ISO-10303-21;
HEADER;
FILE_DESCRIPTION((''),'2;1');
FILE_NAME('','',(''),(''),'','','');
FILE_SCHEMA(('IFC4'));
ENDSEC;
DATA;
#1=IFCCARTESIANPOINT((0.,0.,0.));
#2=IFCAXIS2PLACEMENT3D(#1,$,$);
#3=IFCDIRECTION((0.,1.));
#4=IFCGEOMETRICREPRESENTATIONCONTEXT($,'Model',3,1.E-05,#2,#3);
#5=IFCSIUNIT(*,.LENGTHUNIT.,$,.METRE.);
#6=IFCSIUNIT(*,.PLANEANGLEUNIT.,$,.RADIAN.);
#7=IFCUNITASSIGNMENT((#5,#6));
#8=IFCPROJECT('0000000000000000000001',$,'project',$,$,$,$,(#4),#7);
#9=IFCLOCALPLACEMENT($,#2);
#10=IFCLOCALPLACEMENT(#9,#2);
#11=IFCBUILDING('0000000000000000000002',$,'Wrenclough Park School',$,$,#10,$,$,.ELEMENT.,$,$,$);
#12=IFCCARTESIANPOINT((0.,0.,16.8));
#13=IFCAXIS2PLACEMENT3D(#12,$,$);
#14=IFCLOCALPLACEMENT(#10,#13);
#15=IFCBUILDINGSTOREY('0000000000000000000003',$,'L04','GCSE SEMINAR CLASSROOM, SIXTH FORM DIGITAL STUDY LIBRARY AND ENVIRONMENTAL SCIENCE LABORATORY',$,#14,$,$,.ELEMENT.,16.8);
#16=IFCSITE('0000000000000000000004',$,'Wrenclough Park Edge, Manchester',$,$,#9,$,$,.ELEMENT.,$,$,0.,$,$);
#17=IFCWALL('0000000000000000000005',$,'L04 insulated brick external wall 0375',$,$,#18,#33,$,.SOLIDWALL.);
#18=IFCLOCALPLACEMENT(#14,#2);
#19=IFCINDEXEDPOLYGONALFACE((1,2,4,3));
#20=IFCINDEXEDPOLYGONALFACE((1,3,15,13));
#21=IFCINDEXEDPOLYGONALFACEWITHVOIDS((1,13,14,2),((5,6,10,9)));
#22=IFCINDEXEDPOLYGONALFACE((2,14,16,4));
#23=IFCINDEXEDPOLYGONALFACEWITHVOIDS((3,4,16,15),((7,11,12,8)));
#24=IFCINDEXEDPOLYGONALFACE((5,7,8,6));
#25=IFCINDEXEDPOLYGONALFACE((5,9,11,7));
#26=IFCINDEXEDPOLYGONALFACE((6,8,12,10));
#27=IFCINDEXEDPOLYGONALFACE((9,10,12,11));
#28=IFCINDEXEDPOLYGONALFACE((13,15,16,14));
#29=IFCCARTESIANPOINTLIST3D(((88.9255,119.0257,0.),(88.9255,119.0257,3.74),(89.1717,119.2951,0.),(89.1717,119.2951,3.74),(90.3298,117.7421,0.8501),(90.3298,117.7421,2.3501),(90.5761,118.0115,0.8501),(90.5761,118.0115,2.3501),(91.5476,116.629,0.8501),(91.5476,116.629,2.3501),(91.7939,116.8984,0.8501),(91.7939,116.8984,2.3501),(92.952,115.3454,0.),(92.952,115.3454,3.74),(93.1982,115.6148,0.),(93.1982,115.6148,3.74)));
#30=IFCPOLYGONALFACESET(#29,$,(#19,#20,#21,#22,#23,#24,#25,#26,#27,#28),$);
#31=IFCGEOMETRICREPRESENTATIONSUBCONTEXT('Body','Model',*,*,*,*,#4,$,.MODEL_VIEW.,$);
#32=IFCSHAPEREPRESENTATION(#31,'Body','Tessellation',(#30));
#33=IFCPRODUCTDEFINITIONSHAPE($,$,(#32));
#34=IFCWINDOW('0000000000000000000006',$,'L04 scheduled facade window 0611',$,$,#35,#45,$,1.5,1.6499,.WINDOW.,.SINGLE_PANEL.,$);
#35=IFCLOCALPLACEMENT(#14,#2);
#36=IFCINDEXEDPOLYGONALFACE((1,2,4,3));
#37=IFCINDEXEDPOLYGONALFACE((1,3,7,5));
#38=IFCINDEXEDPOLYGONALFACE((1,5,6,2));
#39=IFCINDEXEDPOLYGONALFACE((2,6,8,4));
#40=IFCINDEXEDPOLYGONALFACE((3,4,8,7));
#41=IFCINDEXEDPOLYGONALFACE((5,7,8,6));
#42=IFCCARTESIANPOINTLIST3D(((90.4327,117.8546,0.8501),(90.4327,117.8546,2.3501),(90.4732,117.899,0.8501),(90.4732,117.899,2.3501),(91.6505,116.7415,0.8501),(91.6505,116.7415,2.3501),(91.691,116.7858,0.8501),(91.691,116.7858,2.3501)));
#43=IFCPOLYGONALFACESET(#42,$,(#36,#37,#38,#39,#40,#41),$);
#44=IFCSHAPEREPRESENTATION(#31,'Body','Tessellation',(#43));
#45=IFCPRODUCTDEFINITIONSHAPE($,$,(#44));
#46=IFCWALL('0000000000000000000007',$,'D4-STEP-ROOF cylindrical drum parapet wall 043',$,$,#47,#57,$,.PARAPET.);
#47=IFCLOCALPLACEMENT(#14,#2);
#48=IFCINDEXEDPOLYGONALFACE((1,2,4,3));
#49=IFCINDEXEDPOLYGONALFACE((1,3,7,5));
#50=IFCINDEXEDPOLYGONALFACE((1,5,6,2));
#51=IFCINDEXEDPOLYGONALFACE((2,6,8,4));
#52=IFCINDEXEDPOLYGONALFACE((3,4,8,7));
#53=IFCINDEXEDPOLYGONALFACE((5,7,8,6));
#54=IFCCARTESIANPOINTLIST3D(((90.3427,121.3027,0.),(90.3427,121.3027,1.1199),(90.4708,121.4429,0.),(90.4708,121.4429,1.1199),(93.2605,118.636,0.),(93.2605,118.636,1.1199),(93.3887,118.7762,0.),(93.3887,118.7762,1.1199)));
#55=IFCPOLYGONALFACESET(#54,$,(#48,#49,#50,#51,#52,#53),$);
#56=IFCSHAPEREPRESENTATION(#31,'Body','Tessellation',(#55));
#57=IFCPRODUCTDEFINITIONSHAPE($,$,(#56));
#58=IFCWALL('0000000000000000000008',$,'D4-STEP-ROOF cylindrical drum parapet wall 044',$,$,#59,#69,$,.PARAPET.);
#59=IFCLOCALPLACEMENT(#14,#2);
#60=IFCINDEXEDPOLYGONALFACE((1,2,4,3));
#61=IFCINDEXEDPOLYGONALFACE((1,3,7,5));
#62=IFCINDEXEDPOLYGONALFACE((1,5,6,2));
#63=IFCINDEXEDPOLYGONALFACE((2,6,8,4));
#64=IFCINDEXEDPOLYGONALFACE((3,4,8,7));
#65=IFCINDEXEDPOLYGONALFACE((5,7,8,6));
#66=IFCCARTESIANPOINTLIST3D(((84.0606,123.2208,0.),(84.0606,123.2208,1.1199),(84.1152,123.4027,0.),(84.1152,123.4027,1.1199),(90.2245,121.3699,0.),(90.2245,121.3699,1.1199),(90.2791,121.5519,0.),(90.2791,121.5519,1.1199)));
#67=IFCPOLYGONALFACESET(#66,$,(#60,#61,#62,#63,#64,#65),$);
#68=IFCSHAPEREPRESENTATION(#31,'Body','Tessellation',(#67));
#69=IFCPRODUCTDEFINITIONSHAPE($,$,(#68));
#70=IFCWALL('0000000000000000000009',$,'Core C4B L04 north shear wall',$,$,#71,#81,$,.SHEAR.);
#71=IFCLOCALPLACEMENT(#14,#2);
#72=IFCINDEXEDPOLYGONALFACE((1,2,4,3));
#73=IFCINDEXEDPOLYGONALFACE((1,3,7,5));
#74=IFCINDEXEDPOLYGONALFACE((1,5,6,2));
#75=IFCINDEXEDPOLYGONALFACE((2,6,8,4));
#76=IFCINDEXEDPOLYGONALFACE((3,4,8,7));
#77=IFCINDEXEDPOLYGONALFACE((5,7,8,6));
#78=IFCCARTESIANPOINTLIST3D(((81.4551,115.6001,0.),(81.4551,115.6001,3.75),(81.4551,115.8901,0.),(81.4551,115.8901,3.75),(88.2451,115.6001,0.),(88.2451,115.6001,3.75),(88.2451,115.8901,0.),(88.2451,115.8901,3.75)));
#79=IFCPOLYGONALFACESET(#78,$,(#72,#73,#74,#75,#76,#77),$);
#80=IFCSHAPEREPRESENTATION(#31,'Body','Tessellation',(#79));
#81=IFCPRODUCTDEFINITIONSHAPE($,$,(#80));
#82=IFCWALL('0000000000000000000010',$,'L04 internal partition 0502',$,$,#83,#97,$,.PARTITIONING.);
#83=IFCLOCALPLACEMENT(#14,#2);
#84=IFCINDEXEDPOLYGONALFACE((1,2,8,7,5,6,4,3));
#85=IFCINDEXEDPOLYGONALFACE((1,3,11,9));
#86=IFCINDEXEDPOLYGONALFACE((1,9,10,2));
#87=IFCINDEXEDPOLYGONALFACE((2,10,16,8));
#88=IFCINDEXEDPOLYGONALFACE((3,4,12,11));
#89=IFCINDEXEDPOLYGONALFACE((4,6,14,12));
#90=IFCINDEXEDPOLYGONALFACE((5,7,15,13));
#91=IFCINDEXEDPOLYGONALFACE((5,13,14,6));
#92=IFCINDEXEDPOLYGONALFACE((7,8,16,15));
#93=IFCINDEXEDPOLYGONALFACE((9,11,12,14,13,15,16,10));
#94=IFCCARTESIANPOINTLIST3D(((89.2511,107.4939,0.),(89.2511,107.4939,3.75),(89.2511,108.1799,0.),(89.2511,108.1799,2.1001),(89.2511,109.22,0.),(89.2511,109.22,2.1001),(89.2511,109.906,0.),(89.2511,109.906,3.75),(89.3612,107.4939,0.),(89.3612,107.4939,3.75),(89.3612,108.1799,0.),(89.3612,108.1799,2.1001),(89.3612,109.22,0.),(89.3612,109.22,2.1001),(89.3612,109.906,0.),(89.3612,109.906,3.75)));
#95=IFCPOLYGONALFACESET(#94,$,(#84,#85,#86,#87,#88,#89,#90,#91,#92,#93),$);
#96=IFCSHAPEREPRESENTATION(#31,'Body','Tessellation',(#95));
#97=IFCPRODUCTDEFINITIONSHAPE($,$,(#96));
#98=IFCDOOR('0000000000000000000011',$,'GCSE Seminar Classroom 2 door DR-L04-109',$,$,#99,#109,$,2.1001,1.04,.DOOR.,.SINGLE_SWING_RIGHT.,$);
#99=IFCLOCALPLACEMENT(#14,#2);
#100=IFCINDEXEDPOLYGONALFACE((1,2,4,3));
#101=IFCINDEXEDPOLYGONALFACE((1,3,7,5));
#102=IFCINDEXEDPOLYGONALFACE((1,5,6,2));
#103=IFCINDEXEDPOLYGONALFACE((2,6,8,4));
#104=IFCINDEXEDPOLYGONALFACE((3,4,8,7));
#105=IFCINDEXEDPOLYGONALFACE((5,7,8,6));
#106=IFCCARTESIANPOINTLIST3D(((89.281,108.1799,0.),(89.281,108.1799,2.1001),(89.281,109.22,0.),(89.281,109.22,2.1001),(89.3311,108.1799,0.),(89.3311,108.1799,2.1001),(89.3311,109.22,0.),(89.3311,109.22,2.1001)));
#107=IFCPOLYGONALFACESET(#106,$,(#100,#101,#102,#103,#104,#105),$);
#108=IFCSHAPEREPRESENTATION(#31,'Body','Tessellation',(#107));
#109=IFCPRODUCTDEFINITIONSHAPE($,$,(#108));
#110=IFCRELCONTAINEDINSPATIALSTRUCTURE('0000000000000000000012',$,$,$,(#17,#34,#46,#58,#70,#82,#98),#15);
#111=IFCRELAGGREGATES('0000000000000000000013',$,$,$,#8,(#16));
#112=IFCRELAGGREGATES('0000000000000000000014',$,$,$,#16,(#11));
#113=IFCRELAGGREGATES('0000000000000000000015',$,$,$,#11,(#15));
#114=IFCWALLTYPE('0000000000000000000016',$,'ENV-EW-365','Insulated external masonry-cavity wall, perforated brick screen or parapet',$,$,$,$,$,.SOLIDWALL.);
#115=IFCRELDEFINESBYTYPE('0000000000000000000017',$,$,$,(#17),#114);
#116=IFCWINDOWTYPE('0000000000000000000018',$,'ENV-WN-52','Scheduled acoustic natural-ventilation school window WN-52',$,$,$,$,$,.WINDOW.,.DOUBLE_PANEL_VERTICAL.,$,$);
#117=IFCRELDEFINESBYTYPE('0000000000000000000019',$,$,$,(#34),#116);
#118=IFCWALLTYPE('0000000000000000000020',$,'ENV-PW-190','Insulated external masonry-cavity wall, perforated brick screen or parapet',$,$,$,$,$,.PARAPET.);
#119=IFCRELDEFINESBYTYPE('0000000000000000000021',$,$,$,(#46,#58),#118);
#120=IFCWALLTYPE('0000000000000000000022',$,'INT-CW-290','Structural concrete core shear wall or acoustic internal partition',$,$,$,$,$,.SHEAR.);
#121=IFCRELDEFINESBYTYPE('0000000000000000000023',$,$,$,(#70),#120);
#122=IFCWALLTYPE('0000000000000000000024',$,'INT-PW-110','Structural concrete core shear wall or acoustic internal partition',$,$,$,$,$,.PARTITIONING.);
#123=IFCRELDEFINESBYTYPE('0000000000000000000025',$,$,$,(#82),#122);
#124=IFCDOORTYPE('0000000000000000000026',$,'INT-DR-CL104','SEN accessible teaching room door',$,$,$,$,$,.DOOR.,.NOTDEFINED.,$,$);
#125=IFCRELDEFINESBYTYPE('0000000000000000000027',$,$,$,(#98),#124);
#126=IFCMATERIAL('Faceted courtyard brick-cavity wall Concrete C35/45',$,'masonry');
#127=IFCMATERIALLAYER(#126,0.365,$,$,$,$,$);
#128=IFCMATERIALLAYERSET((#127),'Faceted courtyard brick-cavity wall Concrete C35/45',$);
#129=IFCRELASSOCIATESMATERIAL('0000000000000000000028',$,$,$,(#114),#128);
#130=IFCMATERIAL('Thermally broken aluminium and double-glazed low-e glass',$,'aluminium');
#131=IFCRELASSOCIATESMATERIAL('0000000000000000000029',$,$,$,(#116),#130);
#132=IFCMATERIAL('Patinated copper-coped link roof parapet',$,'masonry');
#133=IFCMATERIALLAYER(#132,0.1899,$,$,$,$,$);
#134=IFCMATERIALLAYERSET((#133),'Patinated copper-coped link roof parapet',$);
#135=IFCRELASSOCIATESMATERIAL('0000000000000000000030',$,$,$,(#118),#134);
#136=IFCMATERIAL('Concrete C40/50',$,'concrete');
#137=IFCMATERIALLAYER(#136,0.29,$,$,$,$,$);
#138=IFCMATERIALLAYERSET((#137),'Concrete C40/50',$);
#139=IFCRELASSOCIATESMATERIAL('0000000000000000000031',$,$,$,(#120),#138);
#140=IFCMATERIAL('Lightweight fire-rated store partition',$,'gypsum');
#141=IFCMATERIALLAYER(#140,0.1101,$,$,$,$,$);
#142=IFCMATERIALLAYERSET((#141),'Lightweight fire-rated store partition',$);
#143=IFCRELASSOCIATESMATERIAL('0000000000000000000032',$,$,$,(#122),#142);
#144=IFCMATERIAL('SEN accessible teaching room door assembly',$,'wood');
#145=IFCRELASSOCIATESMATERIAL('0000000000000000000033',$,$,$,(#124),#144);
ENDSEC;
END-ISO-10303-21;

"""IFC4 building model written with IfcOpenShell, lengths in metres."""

from ifc_helpers import new_model, si_unit, direction, frame, frame_2d, origin, place, context, subcontext, project, spatial, rectangle, extrude, material, layer, layer_set, type_object, element, fill, save


model = new_model("IFC4")

# Units and contexts
model_context = context("Model", 3, precision=1e-05, world=origin(), true_north=direction((0.0, 1.0)))
body_context = subcontext(model_context, "Body", "Model", "MODEL_VIEW")
ifc_project = project(units=[si_unit("LENGTHUNIT", "METRE"), si_unit("PLANEANGLEUNIT", "RADIAN")], contexts=[model_context])

# Site, building, storey
site_placement = place(None, origin())
site = spatial("IfcSite", under=ifc_project, at=site_placement, Name="Wrenclough Park Edge, Manchester", CompositionType="ELEMENT", RefElevation=0.0)
building_placement = place(site_placement, origin())
building = spatial("IfcBuilding", under=site, at=building_placement, Name="Wrenclough Park School", CompositionType="ELEMENT")
storey_placement = place(building_placement, frame((0.0, 0.0, 16.8)))
storey = spatial("IfcBuildingStorey", under=building, at=storey_placement, Name="L04", Description="GCSE SEMINAR CLASSROOM, SIXTH FORM DIGITAL STUDY LIBRARY AND ENVIRONMENTAL SCIENCE LABORATORY", CompositionType="ELEMENT", Elevation=16.8)

# Wall, opening, window
ifc_material_1 = material(Name="Thermally broken aluminium and double-glazed low-e glass", Category="aluminium")
ifc_material_2 = material(Name="Faceted courtyard brick-cavity wall Concrete C35/45", Category="masonry")
ifc_layer_1 = layer(ifc_material_2, 0.365)
ifc_layer_set_1 = layer_set([ifc_layer_1], Name="Faceted courtyard brick-cavity wall Concrete C35/45")
wall_type_1 = type_object("IfcWallType", Name="ENV-EW-365", Description="Insulated external masonry-cavity wall, perforated brick screen or parapet", PredefinedType="SOLIDWALL", material=ifc_layer_set_1)
wall_1_placement = place(storey_placement, frame((89.0486, 119.1604, 0.0), z_axis=(0.0, 0.0, 1.0), x_axis=(0.738125, -0.674664, 0.0)))
wall_1 = element("IfcWall", 1, at=wall_1_placement, inside=storey, type_object=wall_type_1, Name="L04 insulated brick external wall 0375", PredefinedType="SOLIDWALL", context=body_context, shape_type="SweptSolid", body=[
    extrude(rectangle(XDim=5.4551, YDim=0.365, at=frame_2d((2.7275, 0.0))), origin(), (0.0, 0.0, 1.0), 3.74),
])
opening_1_placement = place(wall_1_placement, frame((1.9026, 0.0, 0.8501)))
opening_1 = element("IfcOpeningElement", 2, at=opening_1_placement, cuts=wall_1, PredefinedType="OPENING", context=body_context, shape_type="SweptSolid", body=[
    extrude(rectangle(XDim=1.6499, YDim=1.5, at=frame_2d((0.825, 0.75))), frame((0.0, 0.1924, 0.0), z_axis=(0.0, -1.0, 0.0), x_axis=(1.0, 0.0, 0.0)), (0.0, 0.0, 1.0), 0.385),
])
window_type_1 = type_object("IfcWindowType", Name="ENV-WN-52", Description="Scheduled acoustic natural-ventilation school window WN-52", PartitioningType="DOUBLE_PANEL_VERTICAL", PredefinedType="WINDOW", material=ifc_material_1)
window_1_placement = place(opening_1_placement, origin())
window_1 = element("IfcWindow", 3, at=window_1_placement, inside=storey, type_object=window_type_1, Name="L04 scheduled facade window 0611", OverallHeight=1.5, OverallWidth=1.6499, PartitioningType="SINGLE_PANEL", PredefinedType="WINDOW", context=body_context, shape_type="SweptSolid", body=[
    extrude(rectangle(XDim=1.6499, YDim=1.5, at=frame_2d((0.825, 0.75))), frame((0.0, 0.03, 0.0), z_axis=(0.0, -1.0, 0.0), x_axis=(1.0, 0.0, 0.0)), (0.0, 0.0, 1.0), 0.0601),
])
fill(opening_1, window_1)

# Walls
ifc_material_3 = material(Name="Patinated copper-coped link roof parapet", Category="masonry")
ifc_layer_2 = layer(ifc_material_3, 0.1899)
ifc_layer_set_2 = layer_set([ifc_layer_2], Name="Patinated copper-coped link roof parapet")
wall_type_2 = type_object("IfcWallType", Name="ENV-PW-190", Description="Insulated external masonry-cavity wall, perforated brick screen or parapet", PredefinedType="PARAPET", material=ifc_layer_set_2)
wall_2_placement = place(storey_placement, frame((93.3247, 118.7061, 0.0), z_axis=(0.0, 0.0, 1.0), x_axis=(-0.738169, 0.674616, 0.0)))
element("IfcWall", 4, at=wall_2_placement, inside=storey, type_object=wall_type_2, Name="D4-STEP-ROOF cylindrical drum parapet wall 043", PredefinedType="PARAPET", context=body_context, shape_type="SweptSolid", body=[
    extrude(rectangle(XDim=3.9529, YDim=0.1899, at=frame_2d((1.9766, 0.0))), origin(), (0.0, 0.0, 1.0), 1.1199),
])
wall_3_placement = place(storey_placement, frame((90.2517, 121.4609, 0.0), z_axis=(0.0, 0.0, 1.0), x_axis=(-0.957754, 0.287588, 0.0)))
element("IfcWall", 5, at=wall_3_placement, inside=storey, type_object=wall_type_2, Name="D4-STEP-ROOF cylindrical drum parapet wall 044", PredefinedType="PARAPET", context=body_context, shape_type="SweptSolid", body=[
    extrude(rectangle(XDim=6.4358, YDim=0.1899, at=frame_2d((3.2178, 0.0))), origin(), (0.0, 0.0, 1.0), 1.1199),
])
ifc_material_4 = material(Name="Concrete C40/50", Category="concrete")
ifc_layer_3 = layer(ifc_material_4, 0.29)
ifc_layer_set_3 = layer_set([ifc_layer_3], Name="Concrete C40/50")
wall_type_3 = type_object("IfcWallType", Name="INT-CW-290", Description="Structural concrete core shear wall or acoustic internal partition", PredefinedType="SHEAR", material=ifc_layer_set_3)
wall_4_placement = place(storey_placement, frame((88.2451, 115.7451, 0.0), z_axis=(0.0, 0.0, 1.0), x_axis=(-1.0, 0.0, 0.0)))
element("IfcWall", 6, at=wall_4_placement, inside=storey, type_object=wall_type_3, Name="Core C4B L04 north shear wall", PredefinedType="SHEAR", context=body_context, shape_type="SweptSolid", body=[
    extrude(rectangle(XDim=6.79, YDim=0.29, at=frame_2d((3.395, 0.0))), origin(), (0.0, 0.0, 1.0), 3.75),
])

# Wall, opening, door
ifc_material_5 = material(Name="Lightweight fire-rated store partition", Category="gypsum")
ifc_layer_4 = layer(ifc_material_5, 0.1101)
ifc_layer_set_4 = layer_set([ifc_layer_4], Name="Lightweight fire-rated store partition")
wall_type_4 = type_object("IfcWallType", Name="INT-PW-110", Description="Structural concrete core shear wall or acoustic internal partition", PredefinedType="PARTITIONING", material=ifc_layer_set_4)
wall_5_placement = place(storey_placement, frame((89.3062, 109.906, 0.0), z_axis=(0.0, 0.0, 1.0), x_axis=(0.0, -1.0, 0.0)))
wall_5 = element("IfcWall", 7, at=wall_5_placement, inside=storey, type_object=wall_type_4, Name="L04 internal partition 0502", PredefinedType="PARTITIONING", context=body_context, shape_type="SweptSolid", body=[
    extrude(rectangle(XDim=2.4121, YDim=0.1101, at=frame_2d((1.2061, 0.0))), origin(), (0.0, 0.0, 1.0), 3.75),
])
opening_2_placement = place(wall_5_placement, frame((0.686, 0.0, 0.0)))
opening_2 = element("IfcOpeningElement", 8, at=opening_2_placement, cuts=wall_5, PredefinedType="OPENING", context=body_context, shape_type="SweptSolid", body=[
    extrude(rectangle(XDim=1.04, YDim=2.1001, at=frame_2d((0.52, 1.05))), frame((0.0, 0.0649, 0.0), z_axis=(0.0, -1.0, 0.0), x_axis=(1.0, 0.0, 0.0)), (0.0, 0.0, 1.0), 0.1301),
])
ifc_material_6 = material(Name="SEN accessible teaching room door assembly", Category="wood")
door_type = type_object("IfcDoorType", Name="INT-DR-CL104", Description="SEN accessible teaching room door", OperationType="NOTDEFINED", PredefinedType="DOOR", material=ifc_material_6)
door_placement = place(opening_2_placement, origin())
door = element("IfcDoor", 9, at=door_placement, inside=storey, type_object=door_type, Name="GCSE Seminar Classroom 2 door DR-L04-109", OperationType="SINGLE_SWING_RIGHT", OverallHeight=2.1001, OverallWidth=1.04, PredefinedType="DOOR", context=body_context, shape_type="SweptSolid", body=[
    extrude(rectangle(XDim=1.04, YDim=2.1001, at=frame_2d((0.52, 1.05))), frame((0.0, 0.0249, 0.0), z_axis=(0.0, -1.0, 0.0), x_axis=(1.0, 0.0, 0.0)), (0.0, 0.0, 1.0), 0.05),
])
fill(opening_2, door)

save(model, "model.ifc")
